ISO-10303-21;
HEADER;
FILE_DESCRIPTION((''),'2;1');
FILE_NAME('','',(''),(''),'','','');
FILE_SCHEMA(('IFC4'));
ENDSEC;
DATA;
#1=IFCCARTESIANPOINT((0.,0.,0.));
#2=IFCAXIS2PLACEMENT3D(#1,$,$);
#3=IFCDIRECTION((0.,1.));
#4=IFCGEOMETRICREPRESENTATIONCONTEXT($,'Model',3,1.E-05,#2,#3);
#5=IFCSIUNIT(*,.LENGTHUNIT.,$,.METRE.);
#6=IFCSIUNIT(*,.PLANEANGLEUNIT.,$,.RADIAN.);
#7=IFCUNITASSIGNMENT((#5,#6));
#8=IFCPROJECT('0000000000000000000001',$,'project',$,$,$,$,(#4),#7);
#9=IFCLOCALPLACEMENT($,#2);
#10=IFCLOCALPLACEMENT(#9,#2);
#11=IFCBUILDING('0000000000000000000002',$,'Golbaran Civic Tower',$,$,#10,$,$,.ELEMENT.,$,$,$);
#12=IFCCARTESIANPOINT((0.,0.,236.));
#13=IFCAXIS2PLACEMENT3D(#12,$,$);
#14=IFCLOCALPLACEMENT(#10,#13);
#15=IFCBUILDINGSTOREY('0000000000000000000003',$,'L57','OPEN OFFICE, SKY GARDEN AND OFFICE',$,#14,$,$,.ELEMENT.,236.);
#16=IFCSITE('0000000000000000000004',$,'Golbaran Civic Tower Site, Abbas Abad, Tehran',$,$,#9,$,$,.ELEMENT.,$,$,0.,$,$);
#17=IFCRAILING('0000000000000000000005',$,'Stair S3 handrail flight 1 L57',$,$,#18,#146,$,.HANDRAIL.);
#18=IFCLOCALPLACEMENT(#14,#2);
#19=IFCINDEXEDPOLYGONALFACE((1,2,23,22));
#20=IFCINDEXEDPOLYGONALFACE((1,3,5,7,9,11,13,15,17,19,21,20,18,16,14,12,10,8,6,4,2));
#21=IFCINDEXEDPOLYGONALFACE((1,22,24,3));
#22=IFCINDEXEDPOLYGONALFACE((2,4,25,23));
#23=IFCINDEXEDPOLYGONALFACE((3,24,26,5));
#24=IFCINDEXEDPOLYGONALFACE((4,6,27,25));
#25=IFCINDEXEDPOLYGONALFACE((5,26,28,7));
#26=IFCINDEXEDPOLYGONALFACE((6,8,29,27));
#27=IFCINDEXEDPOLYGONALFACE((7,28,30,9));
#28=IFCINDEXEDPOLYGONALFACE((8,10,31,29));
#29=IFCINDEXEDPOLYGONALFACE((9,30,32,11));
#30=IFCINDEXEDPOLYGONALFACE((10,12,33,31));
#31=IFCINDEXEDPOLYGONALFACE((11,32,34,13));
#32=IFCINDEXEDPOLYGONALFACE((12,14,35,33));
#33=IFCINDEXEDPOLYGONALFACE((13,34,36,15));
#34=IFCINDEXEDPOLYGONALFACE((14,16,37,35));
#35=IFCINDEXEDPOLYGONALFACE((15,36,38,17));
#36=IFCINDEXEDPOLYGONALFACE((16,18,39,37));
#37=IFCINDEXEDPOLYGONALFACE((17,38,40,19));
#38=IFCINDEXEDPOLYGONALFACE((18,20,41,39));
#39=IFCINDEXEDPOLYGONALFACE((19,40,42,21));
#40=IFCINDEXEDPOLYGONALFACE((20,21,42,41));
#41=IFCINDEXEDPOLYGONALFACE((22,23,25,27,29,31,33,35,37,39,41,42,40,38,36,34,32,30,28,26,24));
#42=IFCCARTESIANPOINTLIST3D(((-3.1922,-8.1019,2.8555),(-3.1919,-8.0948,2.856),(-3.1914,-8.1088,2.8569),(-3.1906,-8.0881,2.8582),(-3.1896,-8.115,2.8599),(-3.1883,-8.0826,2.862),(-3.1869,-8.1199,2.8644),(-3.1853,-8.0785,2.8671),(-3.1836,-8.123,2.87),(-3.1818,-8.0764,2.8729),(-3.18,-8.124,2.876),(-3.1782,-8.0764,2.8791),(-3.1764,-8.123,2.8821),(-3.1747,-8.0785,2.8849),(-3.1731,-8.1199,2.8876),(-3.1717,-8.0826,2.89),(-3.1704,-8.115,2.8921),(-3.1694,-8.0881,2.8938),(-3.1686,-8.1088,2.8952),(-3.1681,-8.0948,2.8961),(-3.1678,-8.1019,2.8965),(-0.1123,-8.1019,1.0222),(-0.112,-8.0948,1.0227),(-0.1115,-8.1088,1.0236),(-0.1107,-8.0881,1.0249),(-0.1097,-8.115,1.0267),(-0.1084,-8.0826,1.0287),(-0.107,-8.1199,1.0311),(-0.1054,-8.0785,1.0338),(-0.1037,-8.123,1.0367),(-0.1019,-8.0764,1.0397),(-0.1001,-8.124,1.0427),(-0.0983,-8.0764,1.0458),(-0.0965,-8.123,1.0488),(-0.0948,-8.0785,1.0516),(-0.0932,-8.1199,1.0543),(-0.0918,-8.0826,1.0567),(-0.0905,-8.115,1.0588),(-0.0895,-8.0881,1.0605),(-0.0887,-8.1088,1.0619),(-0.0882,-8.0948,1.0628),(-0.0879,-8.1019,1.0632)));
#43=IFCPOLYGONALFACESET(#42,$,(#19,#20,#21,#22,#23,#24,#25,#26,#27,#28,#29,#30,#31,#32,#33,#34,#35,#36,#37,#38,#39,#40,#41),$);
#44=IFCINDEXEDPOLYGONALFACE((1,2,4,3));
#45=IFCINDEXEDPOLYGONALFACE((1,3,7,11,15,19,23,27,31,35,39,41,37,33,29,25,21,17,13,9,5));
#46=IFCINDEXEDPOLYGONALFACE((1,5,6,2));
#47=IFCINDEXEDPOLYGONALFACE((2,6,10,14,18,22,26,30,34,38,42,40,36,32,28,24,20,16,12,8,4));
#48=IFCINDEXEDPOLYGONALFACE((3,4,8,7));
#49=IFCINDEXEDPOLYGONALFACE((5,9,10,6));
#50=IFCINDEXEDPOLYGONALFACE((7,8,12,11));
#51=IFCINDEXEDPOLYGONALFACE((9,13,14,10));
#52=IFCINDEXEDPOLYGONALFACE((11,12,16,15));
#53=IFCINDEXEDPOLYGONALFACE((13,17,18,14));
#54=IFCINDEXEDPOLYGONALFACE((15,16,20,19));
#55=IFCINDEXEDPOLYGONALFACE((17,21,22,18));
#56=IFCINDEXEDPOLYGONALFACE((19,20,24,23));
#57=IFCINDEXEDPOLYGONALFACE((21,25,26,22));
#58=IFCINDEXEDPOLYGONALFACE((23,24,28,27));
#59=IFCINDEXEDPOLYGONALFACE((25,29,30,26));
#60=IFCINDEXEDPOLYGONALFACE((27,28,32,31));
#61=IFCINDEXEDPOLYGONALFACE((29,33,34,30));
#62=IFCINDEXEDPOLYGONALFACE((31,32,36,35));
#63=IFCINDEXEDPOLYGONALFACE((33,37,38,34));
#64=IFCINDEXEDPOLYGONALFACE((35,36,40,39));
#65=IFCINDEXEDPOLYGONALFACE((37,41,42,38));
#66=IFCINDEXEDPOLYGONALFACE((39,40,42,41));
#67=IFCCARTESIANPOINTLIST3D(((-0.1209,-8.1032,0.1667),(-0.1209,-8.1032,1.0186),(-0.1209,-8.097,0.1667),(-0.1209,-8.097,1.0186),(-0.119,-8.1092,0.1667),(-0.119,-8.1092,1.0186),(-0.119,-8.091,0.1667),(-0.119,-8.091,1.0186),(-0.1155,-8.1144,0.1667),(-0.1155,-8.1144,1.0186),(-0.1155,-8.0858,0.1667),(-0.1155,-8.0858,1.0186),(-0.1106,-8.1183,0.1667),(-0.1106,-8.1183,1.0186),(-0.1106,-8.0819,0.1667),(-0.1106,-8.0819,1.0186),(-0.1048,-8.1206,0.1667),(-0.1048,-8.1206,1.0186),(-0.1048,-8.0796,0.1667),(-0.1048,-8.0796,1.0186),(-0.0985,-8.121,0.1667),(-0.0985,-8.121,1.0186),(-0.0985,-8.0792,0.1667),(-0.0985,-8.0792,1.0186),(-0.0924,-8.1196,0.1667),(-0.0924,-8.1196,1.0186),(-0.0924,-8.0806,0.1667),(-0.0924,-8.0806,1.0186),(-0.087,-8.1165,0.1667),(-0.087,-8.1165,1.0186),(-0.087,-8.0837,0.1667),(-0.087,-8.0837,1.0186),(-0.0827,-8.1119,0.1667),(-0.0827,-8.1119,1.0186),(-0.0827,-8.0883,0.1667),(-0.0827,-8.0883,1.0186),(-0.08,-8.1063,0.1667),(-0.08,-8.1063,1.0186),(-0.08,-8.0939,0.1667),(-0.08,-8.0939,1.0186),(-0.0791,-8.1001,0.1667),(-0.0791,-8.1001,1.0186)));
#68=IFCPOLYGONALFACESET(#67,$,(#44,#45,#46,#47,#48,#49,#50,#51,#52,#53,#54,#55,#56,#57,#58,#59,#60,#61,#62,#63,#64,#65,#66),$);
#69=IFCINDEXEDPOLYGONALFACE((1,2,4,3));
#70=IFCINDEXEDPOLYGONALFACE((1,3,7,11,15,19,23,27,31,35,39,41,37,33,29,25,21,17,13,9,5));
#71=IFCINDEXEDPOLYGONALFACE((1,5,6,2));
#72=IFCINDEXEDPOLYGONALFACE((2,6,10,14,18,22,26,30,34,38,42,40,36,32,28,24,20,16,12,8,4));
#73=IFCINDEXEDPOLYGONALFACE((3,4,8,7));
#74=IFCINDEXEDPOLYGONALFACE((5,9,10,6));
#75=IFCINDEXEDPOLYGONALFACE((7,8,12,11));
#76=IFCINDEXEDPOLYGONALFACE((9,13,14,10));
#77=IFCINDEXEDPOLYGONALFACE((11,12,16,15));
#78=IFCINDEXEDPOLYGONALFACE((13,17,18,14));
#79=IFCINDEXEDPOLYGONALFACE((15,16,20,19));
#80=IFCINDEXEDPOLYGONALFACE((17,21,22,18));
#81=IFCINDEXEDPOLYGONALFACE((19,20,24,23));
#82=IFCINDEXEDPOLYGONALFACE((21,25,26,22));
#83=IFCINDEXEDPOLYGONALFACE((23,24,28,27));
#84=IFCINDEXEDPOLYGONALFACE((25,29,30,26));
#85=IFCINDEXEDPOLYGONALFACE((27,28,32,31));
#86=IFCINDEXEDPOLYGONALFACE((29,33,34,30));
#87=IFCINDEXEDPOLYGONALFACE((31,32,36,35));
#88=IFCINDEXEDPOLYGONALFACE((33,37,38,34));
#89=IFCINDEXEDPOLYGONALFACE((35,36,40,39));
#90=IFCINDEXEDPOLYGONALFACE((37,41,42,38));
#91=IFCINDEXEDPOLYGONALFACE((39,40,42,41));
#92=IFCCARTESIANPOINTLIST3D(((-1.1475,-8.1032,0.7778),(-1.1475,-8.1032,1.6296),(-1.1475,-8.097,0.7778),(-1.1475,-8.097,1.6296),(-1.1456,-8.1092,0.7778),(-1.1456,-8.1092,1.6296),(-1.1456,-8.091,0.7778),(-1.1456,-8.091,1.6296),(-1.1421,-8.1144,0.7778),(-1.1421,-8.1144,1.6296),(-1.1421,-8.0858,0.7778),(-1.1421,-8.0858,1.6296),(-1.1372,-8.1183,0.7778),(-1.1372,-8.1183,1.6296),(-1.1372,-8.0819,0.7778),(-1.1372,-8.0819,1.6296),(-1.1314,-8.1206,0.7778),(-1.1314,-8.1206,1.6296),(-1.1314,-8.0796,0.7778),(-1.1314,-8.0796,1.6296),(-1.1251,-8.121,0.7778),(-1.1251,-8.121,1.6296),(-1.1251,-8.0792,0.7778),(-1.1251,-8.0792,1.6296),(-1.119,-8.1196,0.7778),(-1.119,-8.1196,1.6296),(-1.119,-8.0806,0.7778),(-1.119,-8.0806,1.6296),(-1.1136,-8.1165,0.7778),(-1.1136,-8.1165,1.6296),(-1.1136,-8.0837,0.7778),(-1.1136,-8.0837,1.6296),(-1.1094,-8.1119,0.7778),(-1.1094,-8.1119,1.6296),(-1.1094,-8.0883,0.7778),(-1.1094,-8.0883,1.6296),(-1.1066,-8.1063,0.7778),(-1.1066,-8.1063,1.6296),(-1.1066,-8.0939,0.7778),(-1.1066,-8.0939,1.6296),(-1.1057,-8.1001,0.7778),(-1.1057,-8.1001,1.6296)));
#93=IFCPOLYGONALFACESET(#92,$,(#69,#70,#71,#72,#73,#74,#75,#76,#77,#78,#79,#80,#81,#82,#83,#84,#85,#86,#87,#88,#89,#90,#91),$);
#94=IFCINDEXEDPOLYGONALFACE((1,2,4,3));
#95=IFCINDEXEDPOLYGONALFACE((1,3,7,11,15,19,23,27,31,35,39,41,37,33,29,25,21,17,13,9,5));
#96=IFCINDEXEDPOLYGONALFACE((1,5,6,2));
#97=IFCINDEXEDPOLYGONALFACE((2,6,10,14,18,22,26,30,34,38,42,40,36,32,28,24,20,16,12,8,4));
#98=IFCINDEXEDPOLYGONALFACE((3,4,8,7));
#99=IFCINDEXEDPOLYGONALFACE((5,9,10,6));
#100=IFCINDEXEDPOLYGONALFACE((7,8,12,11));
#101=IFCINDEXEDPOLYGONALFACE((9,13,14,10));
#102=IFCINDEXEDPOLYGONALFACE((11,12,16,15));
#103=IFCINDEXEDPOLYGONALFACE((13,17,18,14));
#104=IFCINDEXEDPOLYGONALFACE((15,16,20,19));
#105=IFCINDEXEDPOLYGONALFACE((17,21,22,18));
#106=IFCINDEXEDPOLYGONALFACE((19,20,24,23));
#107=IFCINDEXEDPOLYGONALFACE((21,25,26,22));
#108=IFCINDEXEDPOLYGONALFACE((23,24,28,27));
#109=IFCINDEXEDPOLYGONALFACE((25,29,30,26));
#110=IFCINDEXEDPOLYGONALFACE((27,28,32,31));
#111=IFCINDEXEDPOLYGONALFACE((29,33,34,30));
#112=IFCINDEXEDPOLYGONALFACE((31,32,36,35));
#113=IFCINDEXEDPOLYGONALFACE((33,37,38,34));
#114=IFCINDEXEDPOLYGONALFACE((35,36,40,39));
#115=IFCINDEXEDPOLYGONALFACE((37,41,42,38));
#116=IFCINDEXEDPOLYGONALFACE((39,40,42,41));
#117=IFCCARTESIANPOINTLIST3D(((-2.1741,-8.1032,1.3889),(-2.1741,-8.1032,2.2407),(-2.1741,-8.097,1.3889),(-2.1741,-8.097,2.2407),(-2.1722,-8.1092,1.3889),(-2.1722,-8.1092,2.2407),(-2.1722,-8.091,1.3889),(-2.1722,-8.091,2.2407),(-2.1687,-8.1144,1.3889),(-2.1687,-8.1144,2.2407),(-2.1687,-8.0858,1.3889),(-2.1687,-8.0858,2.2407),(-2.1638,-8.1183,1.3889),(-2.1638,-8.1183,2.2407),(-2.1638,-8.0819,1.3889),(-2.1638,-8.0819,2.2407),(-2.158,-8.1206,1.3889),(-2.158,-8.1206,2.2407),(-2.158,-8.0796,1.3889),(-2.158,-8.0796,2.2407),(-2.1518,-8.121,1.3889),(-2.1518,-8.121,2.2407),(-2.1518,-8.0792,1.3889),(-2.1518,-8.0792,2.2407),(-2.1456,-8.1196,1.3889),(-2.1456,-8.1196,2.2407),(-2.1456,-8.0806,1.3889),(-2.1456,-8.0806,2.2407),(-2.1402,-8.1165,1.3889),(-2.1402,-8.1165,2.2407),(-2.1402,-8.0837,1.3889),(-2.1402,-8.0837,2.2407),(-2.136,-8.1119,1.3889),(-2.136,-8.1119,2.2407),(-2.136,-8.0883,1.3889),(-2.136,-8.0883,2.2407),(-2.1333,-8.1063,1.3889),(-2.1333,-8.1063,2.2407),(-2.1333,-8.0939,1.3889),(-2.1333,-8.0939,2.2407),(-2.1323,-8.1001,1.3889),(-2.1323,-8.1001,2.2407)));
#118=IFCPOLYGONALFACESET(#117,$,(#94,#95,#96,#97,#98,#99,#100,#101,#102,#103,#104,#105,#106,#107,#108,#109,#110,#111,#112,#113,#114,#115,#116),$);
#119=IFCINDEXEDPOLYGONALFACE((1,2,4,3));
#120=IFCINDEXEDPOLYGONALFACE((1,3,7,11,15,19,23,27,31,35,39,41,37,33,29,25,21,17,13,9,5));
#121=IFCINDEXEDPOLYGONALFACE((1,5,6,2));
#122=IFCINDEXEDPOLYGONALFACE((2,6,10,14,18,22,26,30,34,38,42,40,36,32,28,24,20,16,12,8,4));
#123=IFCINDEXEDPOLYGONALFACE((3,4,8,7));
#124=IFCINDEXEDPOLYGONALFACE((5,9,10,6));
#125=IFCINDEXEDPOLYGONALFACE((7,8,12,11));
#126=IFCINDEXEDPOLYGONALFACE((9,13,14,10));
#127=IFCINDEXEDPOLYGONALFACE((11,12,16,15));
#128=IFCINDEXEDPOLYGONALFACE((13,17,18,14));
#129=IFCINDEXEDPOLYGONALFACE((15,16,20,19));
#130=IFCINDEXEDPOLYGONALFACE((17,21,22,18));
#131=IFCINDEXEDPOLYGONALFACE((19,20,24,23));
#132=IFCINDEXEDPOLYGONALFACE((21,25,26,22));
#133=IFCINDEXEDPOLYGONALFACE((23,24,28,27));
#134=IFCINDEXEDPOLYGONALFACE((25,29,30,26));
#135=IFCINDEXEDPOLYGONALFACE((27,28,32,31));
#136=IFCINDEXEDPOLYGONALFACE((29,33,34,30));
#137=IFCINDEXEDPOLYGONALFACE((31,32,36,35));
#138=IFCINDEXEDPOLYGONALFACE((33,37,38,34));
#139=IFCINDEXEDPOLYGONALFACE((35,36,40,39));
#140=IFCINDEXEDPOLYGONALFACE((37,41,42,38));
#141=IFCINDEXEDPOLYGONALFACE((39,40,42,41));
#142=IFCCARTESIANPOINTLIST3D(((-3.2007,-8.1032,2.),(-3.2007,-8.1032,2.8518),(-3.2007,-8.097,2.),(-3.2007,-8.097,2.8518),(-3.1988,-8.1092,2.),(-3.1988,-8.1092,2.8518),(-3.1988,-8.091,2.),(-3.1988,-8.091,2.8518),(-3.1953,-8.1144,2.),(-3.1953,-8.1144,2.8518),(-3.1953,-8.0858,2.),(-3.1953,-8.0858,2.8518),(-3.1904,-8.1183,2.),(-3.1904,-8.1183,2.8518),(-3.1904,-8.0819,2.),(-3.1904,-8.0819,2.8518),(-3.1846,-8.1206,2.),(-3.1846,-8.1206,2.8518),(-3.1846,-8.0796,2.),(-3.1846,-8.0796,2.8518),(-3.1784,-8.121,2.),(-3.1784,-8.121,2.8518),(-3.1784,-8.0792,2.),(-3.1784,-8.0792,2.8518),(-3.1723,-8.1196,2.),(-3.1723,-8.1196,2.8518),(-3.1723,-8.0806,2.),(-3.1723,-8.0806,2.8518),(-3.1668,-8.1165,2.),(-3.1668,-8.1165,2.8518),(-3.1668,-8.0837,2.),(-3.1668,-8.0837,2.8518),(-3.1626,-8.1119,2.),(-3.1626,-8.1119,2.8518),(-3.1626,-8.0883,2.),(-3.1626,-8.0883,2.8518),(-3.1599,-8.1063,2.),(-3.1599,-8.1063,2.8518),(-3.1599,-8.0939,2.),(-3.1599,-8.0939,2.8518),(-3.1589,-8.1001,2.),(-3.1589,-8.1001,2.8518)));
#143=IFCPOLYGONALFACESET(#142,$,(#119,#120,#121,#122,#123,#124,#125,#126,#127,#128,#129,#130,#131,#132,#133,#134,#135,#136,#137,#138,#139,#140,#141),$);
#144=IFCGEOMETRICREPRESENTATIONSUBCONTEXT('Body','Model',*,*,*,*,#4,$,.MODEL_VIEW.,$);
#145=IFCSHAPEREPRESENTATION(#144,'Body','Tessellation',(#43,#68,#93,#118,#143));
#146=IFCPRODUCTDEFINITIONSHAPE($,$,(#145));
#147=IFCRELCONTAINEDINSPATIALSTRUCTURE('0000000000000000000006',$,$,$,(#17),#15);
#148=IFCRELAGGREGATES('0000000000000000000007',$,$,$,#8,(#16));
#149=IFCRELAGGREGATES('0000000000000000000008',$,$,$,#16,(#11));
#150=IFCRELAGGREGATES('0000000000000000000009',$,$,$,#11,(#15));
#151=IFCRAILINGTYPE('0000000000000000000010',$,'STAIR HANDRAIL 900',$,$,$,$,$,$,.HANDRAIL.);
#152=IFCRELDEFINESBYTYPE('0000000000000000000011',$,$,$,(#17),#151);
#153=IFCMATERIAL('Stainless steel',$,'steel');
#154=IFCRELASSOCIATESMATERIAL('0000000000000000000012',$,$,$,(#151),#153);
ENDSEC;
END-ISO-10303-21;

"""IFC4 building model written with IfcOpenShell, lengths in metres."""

from ifc_helpers import new_model, si_unit, direction, frame, origin, origin_2d, place, context, subcontext, project, spatial, circle, extrude, material, type_object, element, save


model = new_model("IFC4")

# Units and contexts
model_context = context("Model", 3, precision=1e-05, world=origin(), true_north=direction((0.0, 1.0)))
body_context = subcontext(model_context, "Body", "Model", "MODEL_VIEW")
ifc_project = project(units=[si_unit("LENGTHUNIT", "METRE"), si_unit("PLANEANGLEUNIT", "RADIAN")], contexts=[model_context])

# Site, building, storey
site_placement = place(None, origin())
site = spatial("IfcSite", under=ifc_project, at=site_placement, Name="Golbaran Civic Tower Site, Abbas Abad, Tehran", CompositionType="ELEMENT", RefElevation=0.0)
building_placement = place(site_placement, origin())
building = spatial("IfcBuilding", under=site, at=building_placement, Name="Golbaran Civic Tower", CompositionType="ELEMENT")
storey_placement = place(building_placement, frame((0.0, 0.0, 236.0)))
storey = spatial("IfcBuildingStorey", under=building, at=storey_placement, Name="L57", Description="OPEN OFFICE, SKY GARDEN AND OFFICE", CompositionType="ELEMENT", Elevation=236.0)

# Shared definitions
ifc_material_1 = material(Name="Stainless steel", Category="steel")

# Railing
railing_type = type_object("IfcRailingType", Name="STAIR HANDRAIL 900", PredefinedType="HANDRAIL", material=ifc_material_1)
railing_1_placement = place(storey_placement, frame((-0.1001, -8.1001, 0.1667)))
element("IfcRailing", 1, at=railing_1_placement, inside=storey, type_object=railing_type, Name="Stair S3 handrail flight 1 L57", PredefinedType="HANDRAIL", context=body_context, shape_type="SweptSolid", body=[
    extrude(circle(Radius=0.0239, at=origin_2d()), frame((0.0, 0.0, 0.876), z_axis=(-0.859291, 0.0, 0.511487), x_axis=(0.0, -1.0, 0.0)), (0.0, 0.0, 1.0), 3.5842),
    extrude(circle(Radius=0.021, at=origin_2d()), origin(), (0.0, 0.0, 1.0), 0.8518),
    extrude(circle(Radius=0.021, at=origin_2d()), frame((-1.0266, 0.0, 0.6111)), (0.0, 0.0, 1.0), 0.8518),
    extrude(circle(Radius=0.021, at=origin_2d()), frame((-2.0532, 0.0, 1.2222)), (0.0, 0.0, 1.0), 0.8518),
    extrude(circle(Radius=0.021, at=origin_2d()), frame((-3.0798, 0.0, 1.8333)), (0.0, 0.0, 1.0), 0.8518),
])

save(model, "model.ifc")
